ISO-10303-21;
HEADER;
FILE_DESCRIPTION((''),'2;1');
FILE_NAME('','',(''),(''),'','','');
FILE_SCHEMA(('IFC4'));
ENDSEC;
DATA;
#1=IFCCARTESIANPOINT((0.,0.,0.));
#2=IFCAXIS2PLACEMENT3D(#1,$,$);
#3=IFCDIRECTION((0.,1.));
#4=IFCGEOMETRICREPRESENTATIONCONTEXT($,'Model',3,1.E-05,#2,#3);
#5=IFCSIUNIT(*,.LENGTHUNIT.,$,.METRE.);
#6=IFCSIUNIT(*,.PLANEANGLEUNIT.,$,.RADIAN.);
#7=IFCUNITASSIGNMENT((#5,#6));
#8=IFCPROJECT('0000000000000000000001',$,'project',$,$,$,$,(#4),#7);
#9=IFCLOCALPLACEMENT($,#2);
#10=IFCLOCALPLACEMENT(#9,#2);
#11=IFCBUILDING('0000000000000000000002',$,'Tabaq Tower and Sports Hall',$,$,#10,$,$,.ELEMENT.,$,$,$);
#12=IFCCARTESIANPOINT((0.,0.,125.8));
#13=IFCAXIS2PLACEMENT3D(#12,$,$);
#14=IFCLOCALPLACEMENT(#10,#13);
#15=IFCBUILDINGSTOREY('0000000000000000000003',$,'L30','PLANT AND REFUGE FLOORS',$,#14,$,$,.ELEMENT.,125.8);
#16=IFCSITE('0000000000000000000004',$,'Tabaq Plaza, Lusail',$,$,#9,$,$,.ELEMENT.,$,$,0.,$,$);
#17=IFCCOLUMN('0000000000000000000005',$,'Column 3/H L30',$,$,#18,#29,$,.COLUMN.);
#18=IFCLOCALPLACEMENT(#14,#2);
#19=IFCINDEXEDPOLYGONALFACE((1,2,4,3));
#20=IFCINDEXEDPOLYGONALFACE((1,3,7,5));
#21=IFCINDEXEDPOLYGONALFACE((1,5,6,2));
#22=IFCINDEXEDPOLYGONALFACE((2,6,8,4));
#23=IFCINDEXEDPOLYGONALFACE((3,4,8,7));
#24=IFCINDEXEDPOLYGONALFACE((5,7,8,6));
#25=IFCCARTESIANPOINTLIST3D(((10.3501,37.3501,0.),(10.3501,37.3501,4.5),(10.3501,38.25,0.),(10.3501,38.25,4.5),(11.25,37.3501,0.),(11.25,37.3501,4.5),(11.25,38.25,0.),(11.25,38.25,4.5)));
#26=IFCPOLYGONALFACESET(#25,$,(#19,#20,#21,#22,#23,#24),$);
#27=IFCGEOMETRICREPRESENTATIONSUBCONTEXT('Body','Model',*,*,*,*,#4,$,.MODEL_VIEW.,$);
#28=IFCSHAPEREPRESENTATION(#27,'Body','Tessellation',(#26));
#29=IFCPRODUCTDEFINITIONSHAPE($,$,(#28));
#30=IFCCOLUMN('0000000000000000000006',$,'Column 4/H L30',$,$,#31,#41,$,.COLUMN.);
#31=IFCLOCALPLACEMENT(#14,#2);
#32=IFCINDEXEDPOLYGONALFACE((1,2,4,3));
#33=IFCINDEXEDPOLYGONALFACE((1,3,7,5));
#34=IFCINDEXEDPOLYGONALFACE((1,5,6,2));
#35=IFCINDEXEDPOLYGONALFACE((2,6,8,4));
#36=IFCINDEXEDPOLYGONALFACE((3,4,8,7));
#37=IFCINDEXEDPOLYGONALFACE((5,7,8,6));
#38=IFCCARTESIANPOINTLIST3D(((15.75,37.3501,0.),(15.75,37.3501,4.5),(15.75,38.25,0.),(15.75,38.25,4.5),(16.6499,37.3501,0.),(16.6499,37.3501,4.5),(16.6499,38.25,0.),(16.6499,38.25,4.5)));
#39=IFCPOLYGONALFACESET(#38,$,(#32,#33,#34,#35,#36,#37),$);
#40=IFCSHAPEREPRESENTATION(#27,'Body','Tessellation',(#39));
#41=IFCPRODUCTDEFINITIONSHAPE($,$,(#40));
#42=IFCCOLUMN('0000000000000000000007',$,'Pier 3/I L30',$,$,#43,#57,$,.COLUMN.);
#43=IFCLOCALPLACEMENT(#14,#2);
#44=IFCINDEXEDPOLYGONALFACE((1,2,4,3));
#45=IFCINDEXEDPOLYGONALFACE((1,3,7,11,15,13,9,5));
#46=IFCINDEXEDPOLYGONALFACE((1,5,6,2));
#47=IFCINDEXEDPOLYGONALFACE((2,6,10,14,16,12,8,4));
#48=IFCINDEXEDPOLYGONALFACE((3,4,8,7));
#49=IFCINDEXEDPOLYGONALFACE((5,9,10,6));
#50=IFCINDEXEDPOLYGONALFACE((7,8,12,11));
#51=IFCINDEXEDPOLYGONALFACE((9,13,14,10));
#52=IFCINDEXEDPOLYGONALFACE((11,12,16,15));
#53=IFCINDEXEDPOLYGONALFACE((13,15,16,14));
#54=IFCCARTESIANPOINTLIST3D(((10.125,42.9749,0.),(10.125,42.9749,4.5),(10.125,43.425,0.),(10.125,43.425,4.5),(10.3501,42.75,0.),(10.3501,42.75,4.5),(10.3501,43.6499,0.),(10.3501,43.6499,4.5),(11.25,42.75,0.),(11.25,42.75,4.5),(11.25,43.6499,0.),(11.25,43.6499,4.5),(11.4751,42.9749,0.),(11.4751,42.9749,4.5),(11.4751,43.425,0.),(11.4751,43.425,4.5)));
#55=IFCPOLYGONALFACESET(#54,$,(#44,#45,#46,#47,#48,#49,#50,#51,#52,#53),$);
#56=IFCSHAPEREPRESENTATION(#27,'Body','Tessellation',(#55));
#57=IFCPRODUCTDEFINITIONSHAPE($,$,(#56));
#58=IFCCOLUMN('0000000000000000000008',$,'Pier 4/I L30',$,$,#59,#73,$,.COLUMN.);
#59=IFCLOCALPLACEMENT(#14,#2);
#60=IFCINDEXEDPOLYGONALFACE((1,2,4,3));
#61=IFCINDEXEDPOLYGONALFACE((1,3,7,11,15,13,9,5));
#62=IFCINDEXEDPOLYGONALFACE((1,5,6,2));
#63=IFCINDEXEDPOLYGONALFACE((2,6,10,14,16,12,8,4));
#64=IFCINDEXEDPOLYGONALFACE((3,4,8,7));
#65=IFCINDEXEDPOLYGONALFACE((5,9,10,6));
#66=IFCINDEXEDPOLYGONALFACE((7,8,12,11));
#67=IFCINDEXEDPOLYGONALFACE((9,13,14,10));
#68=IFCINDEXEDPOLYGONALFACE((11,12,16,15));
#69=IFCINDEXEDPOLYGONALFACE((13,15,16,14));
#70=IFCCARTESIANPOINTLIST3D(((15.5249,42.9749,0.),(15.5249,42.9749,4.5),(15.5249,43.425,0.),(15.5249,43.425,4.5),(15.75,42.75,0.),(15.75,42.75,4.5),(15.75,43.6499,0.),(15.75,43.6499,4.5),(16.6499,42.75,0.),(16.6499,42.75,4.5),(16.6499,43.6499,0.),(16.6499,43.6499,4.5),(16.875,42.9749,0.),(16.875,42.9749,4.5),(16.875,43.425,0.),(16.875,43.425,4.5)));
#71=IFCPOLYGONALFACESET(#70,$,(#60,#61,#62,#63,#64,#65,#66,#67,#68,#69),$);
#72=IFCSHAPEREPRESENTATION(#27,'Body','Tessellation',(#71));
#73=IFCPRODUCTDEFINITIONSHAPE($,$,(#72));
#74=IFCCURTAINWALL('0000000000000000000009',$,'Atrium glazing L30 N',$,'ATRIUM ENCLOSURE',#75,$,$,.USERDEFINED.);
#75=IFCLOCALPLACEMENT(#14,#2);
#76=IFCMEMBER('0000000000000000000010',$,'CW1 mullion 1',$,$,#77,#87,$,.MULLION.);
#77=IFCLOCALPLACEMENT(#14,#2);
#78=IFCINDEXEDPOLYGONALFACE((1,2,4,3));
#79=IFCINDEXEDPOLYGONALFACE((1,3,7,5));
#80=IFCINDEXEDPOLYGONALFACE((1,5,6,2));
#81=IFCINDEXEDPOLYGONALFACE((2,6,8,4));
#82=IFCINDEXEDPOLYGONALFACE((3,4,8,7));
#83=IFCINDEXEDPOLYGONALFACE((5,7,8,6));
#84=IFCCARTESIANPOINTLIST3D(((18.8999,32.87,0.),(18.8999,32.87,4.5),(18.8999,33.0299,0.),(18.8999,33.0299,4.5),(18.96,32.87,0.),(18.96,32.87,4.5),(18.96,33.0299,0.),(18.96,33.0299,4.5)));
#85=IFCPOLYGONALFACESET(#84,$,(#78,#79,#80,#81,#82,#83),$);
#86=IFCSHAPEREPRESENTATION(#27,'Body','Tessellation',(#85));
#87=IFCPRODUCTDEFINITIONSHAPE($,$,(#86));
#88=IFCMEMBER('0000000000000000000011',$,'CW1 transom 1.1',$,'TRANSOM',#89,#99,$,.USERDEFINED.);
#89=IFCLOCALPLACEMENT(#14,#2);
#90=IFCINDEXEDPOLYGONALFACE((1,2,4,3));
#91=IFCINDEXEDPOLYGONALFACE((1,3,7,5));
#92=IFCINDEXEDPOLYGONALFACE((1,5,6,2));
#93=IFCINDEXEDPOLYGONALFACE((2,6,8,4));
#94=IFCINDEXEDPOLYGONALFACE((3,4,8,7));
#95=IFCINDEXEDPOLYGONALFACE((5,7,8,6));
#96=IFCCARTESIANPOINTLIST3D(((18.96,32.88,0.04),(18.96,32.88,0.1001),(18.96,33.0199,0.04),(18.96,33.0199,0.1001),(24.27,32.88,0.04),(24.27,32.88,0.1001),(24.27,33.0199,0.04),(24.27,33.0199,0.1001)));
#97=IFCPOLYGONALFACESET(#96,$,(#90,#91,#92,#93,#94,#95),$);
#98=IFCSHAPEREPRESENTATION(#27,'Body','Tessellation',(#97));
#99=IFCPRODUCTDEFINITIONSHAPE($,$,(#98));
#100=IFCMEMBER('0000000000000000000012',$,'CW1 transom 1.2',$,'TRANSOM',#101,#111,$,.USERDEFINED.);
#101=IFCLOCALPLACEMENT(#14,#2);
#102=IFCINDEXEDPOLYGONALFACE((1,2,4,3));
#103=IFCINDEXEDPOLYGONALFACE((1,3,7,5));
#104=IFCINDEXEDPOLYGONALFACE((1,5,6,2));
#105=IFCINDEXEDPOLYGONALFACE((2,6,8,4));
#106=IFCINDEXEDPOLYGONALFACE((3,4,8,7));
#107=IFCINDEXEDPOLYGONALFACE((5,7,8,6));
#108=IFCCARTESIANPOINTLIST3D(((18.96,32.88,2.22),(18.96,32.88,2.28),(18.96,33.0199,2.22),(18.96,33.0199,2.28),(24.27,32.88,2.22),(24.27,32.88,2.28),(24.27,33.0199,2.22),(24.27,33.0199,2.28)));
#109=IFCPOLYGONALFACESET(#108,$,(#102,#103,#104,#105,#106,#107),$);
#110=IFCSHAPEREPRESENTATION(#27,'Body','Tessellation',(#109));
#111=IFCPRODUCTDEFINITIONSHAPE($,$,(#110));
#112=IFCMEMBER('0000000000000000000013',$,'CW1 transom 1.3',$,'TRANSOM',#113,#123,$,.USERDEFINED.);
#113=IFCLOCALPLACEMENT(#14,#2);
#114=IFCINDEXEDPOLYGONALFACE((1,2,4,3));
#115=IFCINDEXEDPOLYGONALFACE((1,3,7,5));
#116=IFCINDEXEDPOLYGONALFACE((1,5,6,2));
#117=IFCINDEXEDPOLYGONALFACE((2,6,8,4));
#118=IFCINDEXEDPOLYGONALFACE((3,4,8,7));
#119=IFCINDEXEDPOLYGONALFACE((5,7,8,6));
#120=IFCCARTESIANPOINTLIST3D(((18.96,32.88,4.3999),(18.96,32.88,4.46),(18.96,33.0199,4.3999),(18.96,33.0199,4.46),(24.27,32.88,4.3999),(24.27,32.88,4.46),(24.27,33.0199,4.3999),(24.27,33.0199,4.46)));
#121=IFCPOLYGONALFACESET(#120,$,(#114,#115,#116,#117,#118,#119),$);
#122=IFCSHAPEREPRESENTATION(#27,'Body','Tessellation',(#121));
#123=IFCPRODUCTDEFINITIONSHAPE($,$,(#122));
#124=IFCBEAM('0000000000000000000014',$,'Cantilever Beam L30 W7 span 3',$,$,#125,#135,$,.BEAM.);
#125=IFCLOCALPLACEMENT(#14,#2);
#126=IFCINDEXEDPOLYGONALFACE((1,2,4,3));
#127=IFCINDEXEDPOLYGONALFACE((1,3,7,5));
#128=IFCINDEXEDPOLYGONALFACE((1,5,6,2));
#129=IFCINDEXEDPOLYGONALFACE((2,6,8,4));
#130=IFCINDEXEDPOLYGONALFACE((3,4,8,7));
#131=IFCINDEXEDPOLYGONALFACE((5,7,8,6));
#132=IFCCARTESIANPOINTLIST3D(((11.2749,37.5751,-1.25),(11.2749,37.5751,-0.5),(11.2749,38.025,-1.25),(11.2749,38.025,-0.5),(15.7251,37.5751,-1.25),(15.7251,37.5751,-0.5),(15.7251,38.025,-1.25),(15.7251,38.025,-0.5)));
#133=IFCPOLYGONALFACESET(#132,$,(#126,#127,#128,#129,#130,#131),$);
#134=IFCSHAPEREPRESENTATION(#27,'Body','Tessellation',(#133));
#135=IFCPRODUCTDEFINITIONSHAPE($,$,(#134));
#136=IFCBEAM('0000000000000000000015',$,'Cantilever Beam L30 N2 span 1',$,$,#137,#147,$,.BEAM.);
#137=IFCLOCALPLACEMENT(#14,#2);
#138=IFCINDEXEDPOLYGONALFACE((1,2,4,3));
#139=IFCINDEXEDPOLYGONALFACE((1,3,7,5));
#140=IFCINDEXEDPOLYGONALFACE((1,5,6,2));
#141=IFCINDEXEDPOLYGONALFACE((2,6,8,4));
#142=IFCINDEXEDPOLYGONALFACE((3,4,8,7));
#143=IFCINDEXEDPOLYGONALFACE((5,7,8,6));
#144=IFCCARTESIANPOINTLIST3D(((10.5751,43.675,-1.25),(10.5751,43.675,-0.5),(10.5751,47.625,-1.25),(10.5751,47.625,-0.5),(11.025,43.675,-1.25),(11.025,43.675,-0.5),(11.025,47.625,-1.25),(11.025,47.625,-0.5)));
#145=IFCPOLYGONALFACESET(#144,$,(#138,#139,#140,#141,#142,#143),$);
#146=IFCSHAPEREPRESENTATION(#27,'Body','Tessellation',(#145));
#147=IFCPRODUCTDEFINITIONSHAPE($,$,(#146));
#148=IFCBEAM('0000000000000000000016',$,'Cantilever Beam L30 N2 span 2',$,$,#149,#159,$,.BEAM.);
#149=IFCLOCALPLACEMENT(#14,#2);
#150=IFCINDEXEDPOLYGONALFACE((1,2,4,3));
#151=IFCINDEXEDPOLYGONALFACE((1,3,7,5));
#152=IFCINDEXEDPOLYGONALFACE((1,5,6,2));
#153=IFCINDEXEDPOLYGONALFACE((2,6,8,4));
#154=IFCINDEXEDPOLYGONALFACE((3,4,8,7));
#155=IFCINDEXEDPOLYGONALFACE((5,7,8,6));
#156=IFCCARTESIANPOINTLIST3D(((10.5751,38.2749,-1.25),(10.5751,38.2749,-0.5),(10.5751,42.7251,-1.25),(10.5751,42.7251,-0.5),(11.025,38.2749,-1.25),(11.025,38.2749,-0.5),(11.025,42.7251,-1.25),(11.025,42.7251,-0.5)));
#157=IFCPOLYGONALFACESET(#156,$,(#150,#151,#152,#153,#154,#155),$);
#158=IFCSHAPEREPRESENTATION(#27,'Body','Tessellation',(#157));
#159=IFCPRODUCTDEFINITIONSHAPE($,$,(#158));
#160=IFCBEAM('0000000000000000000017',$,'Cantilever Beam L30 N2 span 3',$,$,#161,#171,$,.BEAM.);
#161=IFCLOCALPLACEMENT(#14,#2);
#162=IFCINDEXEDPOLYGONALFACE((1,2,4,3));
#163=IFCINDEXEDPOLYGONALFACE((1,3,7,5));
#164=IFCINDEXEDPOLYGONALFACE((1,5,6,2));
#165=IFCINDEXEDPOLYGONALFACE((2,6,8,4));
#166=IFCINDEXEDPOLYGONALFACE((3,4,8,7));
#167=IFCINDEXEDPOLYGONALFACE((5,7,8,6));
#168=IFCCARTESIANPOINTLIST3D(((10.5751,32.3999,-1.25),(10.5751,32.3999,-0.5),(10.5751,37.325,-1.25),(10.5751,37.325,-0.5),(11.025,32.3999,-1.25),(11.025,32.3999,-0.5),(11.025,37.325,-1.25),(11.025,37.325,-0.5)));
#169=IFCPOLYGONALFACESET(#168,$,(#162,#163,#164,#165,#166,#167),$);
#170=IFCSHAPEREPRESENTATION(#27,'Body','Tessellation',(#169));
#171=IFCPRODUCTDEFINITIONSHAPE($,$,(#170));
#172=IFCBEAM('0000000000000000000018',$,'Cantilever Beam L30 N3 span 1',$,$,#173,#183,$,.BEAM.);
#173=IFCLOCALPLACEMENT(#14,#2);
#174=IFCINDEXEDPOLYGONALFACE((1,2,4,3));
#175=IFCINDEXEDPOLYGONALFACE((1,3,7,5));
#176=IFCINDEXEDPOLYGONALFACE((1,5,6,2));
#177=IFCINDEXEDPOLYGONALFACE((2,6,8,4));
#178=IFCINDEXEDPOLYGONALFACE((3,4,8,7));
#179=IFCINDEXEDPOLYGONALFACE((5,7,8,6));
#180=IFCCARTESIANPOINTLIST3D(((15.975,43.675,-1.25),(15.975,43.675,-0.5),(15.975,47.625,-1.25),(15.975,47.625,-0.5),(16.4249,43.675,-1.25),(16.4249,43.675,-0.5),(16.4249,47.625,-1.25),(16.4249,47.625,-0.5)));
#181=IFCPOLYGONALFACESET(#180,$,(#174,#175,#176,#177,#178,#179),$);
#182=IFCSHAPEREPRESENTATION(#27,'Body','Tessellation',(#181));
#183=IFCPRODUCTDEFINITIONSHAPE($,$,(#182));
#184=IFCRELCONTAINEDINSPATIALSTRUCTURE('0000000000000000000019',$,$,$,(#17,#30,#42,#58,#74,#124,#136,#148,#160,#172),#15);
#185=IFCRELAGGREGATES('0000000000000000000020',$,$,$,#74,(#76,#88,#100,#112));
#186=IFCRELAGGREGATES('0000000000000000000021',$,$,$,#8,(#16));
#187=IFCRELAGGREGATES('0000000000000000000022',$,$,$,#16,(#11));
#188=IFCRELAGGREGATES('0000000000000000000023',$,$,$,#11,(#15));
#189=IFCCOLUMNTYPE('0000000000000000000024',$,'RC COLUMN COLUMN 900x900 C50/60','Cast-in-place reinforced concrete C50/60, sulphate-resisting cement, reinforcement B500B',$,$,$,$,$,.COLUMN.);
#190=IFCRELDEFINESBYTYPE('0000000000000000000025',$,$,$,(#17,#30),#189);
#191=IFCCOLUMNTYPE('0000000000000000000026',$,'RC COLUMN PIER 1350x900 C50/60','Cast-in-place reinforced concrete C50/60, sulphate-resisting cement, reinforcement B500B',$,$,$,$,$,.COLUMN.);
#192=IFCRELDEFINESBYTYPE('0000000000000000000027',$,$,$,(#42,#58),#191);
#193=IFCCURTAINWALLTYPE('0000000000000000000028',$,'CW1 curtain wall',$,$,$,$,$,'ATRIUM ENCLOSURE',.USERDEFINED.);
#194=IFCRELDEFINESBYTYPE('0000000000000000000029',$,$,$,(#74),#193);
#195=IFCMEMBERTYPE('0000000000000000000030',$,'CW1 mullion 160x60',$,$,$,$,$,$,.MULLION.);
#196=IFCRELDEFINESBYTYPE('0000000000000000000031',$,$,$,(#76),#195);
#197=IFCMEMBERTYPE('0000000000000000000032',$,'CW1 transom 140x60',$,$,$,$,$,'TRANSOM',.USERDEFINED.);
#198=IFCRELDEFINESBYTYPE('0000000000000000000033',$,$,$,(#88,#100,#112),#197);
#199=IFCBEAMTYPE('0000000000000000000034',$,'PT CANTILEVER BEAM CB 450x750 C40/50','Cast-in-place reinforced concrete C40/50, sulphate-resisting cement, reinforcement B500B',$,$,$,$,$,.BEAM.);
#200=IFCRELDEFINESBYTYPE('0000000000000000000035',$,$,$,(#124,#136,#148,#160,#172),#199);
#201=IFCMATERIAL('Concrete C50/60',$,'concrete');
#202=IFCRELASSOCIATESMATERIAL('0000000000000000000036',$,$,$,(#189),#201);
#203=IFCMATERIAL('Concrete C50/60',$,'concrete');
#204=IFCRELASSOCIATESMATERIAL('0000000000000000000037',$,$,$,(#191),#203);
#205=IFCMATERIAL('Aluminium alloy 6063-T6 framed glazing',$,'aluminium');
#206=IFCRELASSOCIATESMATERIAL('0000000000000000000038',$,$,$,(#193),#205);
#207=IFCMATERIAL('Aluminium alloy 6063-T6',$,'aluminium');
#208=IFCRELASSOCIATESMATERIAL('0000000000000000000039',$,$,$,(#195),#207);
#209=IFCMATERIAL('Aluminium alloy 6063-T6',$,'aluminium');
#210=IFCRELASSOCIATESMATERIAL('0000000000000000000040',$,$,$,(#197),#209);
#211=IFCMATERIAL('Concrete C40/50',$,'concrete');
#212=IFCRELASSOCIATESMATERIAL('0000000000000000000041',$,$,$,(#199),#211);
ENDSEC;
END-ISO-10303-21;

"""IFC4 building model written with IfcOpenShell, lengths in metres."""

from ifc_helpers import new_model, si_unit, direction, frame, origin, origin_2d, place, context, subcontext, project, spatial, polyline, rectangle, outline, extrude, material, material_profile, profile_set, type_object, element, aggregate, save


model = new_model("IFC4")

# Units and contexts
model_context = context("Model", 3, precision=1e-05, world=origin(), true_north=direction((0.0, 1.0)))
body_context = subcontext(model_context, "Body", "Model", "MODEL_VIEW")
ifc_project = project(units=[si_unit("LENGTHUNIT", "METRE"), si_unit("PLANEANGLEUNIT", "RADIAN")], contexts=[model_context])

# Site, building, storey
site_placement = place(None, origin())
site = spatial("IfcSite", under=ifc_project, at=site_placement, Name="Tabaq Plaza, Lusail", CompositionType="ELEMENT", RefElevation=0.0)
building_placement = place(site_placement, origin())
building = spatial("IfcBuilding", under=site, at=building_placement, Name="Tabaq Tower and Sports Hall", CompositionType="ELEMENT")
storey_placement = place(building_placement, frame((0.0, 0.0, 125.8)))
storey = spatial("IfcBuildingStorey", under=building, at=storey_placement, Name="L30", Description="PLANT AND REFUGE FLOORS", CompositionType="ELEMENT", Elevation=125.8)

# Columns
ifc_material_1 = material(Name="Concrete C50/60", Category="concrete")
ifc_material_profile_1 = material_profile(ifc_material_1, rectangle(XDim=0.8999, YDim=0.8999, at=origin_2d()), Name="COLUMN 900x900")
ifc_profile_set_1 = profile_set([ifc_material_profile_1], Name="Concrete C50/60")
column_type_1 = type_object("IfcColumnType", Name="RC COLUMN COLUMN 900x900 C50/60", Description="Cast-in-place reinforced concrete C50/60, sulphate-resisting cement, reinforcement B500B", PredefinedType="COLUMN", material=ifc_profile_set_1)
for number, where, z_axis, x_axis, name in (
    (1, (10.8, 37.8, 0.0), (0.0, 0.0, 1.0), (1.0, 0.0, 0.0), "Column 3/H L30"),
    (2, (16.2, 37.8, 0.0), (0.0, 0.0, 1.0), (1.0, 0.0, 0.0), "Column 4/H L30"),
):
    element("IfcColumn", number, at=place(storey_placement, frame(where, z_axis=z_axis, x_axis=x_axis)), inside=storey, type_object=column_type_1, Name=name, PredefinedType="COLUMN", context=body_context, shape_type="SweptSolid", body=[
        extrude(rectangle(XDim=0.8999, YDim=0.8999, at=origin_2d()), origin(), (0.0, 0.0, 1.0), 4.5),
    ])
ifc_material_2 = material(Name="Concrete C50/60", Category="concrete")
ifc_material_profile_2 = material_profile(ifc_material_2, outline(polyline([(-0.45, -0.45), (0.45, -0.45), (0.675, -0.2251), (0.675, 0.2251), (0.45, 0.45), (-0.45, 0.45), (-0.675, 0.2251), (-0.675, -0.2251), (-0.45, -0.45)])), Name="PIER 1350x900")
ifc_profile_set_2 = profile_set([ifc_material_profile_2], Name="Concrete C50/60")
column_type_2 = type_object("IfcColumnType", Name="RC COLUMN PIER 1350x900 C50/60", Description="Cast-in-place reinforced concrete C50/60, sulphate-resisting cement, reinforcement B500B", PredefinedType="COLUMN", material=ifc_profile_set_2)
for number, where, z_axis, x_axis, name in (
    (3, (10.8, 43.2, 0.0), (0.0, 0.0, 1.0), (1.0, 0.0, 0.0), "Pier 3/I L30"),
    (4, (16.2, 43.2, 0.0), (0.0, 0.0, 1.0), (1.0, 0.0, 0.0), "Pier 4/I L30"),
):
    element("IfcColumn", number, at=place(storey_placement, frame(where, z_axis=z_axis, x_axis=x_axis)), inside=storey, type_object=column_type_2, Name=name, PredefinedType="COLUMN", context=body_context, shape_type="SweptSolid", body=[
        extrude(outline(polyline([(-0.45, -0.45), (0.45, -0.45), (0.675, -0.2251), (0.675, 0.2251), (0.45, 0.45), (-0.45, 0.45), (-0.675, 0.2251), (-0.675, -0.2251), (-0.45, -0.45)])), origin(), (0.0, 0.0, 1.0), 4.5),
    ])

# Curtain wall, members
ifc_material_3 = material(Name="Aluminium alloy 6063-T6 framed glazing", Category="aluminium")
curtain_wall_type = type_object("IfcCurtainWallType", Name="CW1 curtain wall", ElementType="ATRIUM ENCLOSURE", PredefinedType="USERDEFINED", material=ifc_material_3)
curtain_wall_placement = place(storey_placement, origin())
curtain_wall = element("IfcCurtainWall", 5, at=curtain_wall_placement, inside=storey, type_object=curtain_wall_type, Name="Atrium glazing L30 N", ObjectType="ATRIUM ENCLOSURE", PredefinedType="USERDEFINED")
ifc_material_4 = material(Name="Aluminium alloy 6063-T6", Category="aluminium")
ifc_material_profile_3 = material_profile(ifc_material_4, rectangle(XDim=0.1599, YDim=0.0601, at=origin_2d()), Name="MULLION 160x60")
ifc_profile_set_3 = profile_set([ifc_material_profile_3], Name="Aluminium alloy 6063-T6")
member_type_1 = type_object("IfcMemberType", Name="CW1 mullion 160x60", PredefinedType="MULLION", material=ifc_profile_set_3)
member_1_placement = place(storey_placement, frame((18.9299, 32.95, 0.0), z_axis=(0.0, 0.0, 1.0), x_axis=(0.0, 1.0, 0.0)))
member_1 = element("IfcMember", 6, at=member_1_placement, type_object=member_type_1, Name="CW1 mullion 1", PredefinedType="MULLION", context=body_context, shape_type="SweptSolid", body=[
    extrude(rectangle(XDim=0.1599, YDim=0.0601, at=origin_2d()), origin(), (0.0, 0.0, 1.0), 4.5),
])
ifc_material_5 = material(Name="Aluminium alloy 6063-T6", Category="aluminium")
ifc_material_profile_4 = material_profile(ifc_material_5, rectangle(XDim=0.1399, YDim=0.0601, at=origin_2d()), Name="TRANSOM 140x60")
ifc_profile_set_4 = profile_set([ifc_material_profile_4], Name="Aluminium alloy 6063-T6")
member_type_2 = type_object("IfcMemberType", Name="CW1 transom 140x60", ElementType="TRANSOM", PredefinedType="USERDEFINED", material=ifc_profile_set_4)
member_2_placement = place(storey_placement, frame((18.96, 32.95, 0.0701), z_axis=(1.0, 0.0, 0.0), x_axis=(0.0, 1.0, 0.0)))
member_2 = element("IfcMember", 7, at=member_2_placement, type_object=member_type_2, Name="CW1 transom 1.1", ObjectType="TRANSOM", PredefinedType="USERDEFINED", context=body_context, shape_type="SweptSolid", body=[
    extrude(rectangle(XDim=0.1399, YDim=0.0601, at=origin_2d()), origin(), (0.0, 0.0, 1.0), 5.3101),
])
member_3_placement = place(storey_placement, frame((18.96, 32.95, 2.25), z_axis=(1.0, 0.0, 0.0), x_axis=(0.0, 1.0, 0.0)))
member_3 = element("IfcMember", 8, at=member_3_placement, type_object=member_type_2, Name="CW1 transom 1.2", ObjectType="TRANSOM", PredefinedType="USERDEFINED", context=body_context, shape_type="SweptSolid", body=[
    extrude(rectangle(XDim=0.1399, YDim=0.0601, at=origin_2d()), origin(), (0.0, 0.0, 1.0), 5.3101),
])
member_4_placement = place(storey_placement, frame((18.96, 32.95, 4.4299), z_axis=(1.0, 0.0, 0.0), x_axis=(0.0, 1.0, 0.0)))
member_4 = element("IfcMember", 9, at=member_4_placement, type_object=member_type_2, Name="CW1 transom 1.3", ObjectType="TRANSOM", PredefinedType="USERDEFINED", context=body_context, shape_type="SweptSolid", body=[
    extrude(rectangle(XDim=0.1399, YDim=0.0601, at=origin_2d()), origin(), (0.0, 0.0, 1.0), 5.3101),
])
aggregate(curtain_wall, [member_1, member_2, member_3, member_4])

# Beams
ifc_material_6 = material(Name="Concrete C40/50", Category="concrete")
ifc_material_profile_5 = material_profile(ifc_material_6, rectangle(XDim=0.45, YDim=0.75, at=origin_2d()), Name="CB 450x750")
ifc_profile_set_5 = profile_set([ifc_material_profile_5], Name="Concrete C40/50")
beam_type = type_object("IfcBeamType", Name="PT CANTILEVER BEAM CB 450x750 C40/50", Description="Cast-in-place reinforced concrete C40/50, sulphate-resisting cement, reinforcement B500B", PredefinedType="BEAM", material=ifc_profile_set_5)
beam_1_placement = place(storey_placement, frame((11.2749, 37.8, -0.875), z_axis=(1.0, 0.0, 0.0), x_axis=(0.0, 1.0, 0.0)))
element("IfcBeam", 10, at=beam_1_placement, inside=storey, type_object=beam_type, Name="Cantilever Beam L30 W7 span 3", PredefinedType="BEAM", context=body_context, shape_type="SweptSolid", body=[
    extrude(rectangle(XDim=0.45, YDim=0.75, at=origin_2d()), origin(), (0.0, 0.0, 1.0), 4.4502),
])
beam_2_placement = place(storey_placement, frame((10.8, 47.625, -0.875), z_axis=(0.0, -1.0, 0.0), x_axis=(1.0, 0.0, 0.0)))
element("IfcBeam", 11, at=beam_2_placement, inside=storey, type_object=beam_type, Name="Cantilever Beam L30 N2 span 1", PredefinedType="BEAM", context=body_context, shape_type="SweptSolid", body=[
    extrude(rectangle(XDim=0.45, YDim=0.75, at=origin_2d()), origin(), (0.0, 0.0, 1.0), 3.95),
])
beam_3_placement = place(storey_placement, frame((10.8, 42.7251, -0.875), z_axis=(0.0, -1.0, 0.0), x_axis=(1.0, 0.0, 0.0)))
element("IfcBeam", 12, at=beam_3_placement, inside=storey, type_object=beam_type, Name="Cantilever Beam L30 N2 span 2", PredefinedType="BEAM", context=body_context, shape_type="SweptSolid", body=[
    extrude(rectangle(XDim=0.45, YDim=0.75, at=origin_2d()), origin(), (0.0, 0.0, 1.0), 4.4502),
])
beam_4_placement = place(storey_placement, frame((10.8, 37.325, -0.875), z_axis=(0.0, -1.0, 0.0), x_axis=(1.0, 0.0, 0.0)))
element("IfcBeam", 13, at=beam_4_placement, inside=storey, type_object=beam_type, Name="Cantilever Beam L30 N2 span 3", PredefinedType="BEAM", context=body_context, shape_type="SweptSolid", body=[
    extrude(rectangle(XDim=0.45, YDim=0.75, at=origin_2d()), origin(), (0.0, 0.0, 1.0), 4.925),
])
beam_5_placement = place(storey_placement, frame((16.2, 47.625, -0.875), z_axis=(0.0, -1.0, 0.0), x_axis=(1.0, 0.0, 0.0)))
element("IfcBeam", 14, at=beam_5_placement, inside=storey, type_object=beam_type, Name="Cantilever Beam L30 N3 span 1", PredefinedType="BEAM", context=body_context, shape_type="SweptSolid", body=[
    extrude(rectangle(XDim=0.45, YDim=0.75, at=origin_2d()), origin(), (0.0, 0.0, 1.0), 3.95),
])

save(model, "model.ifc")
